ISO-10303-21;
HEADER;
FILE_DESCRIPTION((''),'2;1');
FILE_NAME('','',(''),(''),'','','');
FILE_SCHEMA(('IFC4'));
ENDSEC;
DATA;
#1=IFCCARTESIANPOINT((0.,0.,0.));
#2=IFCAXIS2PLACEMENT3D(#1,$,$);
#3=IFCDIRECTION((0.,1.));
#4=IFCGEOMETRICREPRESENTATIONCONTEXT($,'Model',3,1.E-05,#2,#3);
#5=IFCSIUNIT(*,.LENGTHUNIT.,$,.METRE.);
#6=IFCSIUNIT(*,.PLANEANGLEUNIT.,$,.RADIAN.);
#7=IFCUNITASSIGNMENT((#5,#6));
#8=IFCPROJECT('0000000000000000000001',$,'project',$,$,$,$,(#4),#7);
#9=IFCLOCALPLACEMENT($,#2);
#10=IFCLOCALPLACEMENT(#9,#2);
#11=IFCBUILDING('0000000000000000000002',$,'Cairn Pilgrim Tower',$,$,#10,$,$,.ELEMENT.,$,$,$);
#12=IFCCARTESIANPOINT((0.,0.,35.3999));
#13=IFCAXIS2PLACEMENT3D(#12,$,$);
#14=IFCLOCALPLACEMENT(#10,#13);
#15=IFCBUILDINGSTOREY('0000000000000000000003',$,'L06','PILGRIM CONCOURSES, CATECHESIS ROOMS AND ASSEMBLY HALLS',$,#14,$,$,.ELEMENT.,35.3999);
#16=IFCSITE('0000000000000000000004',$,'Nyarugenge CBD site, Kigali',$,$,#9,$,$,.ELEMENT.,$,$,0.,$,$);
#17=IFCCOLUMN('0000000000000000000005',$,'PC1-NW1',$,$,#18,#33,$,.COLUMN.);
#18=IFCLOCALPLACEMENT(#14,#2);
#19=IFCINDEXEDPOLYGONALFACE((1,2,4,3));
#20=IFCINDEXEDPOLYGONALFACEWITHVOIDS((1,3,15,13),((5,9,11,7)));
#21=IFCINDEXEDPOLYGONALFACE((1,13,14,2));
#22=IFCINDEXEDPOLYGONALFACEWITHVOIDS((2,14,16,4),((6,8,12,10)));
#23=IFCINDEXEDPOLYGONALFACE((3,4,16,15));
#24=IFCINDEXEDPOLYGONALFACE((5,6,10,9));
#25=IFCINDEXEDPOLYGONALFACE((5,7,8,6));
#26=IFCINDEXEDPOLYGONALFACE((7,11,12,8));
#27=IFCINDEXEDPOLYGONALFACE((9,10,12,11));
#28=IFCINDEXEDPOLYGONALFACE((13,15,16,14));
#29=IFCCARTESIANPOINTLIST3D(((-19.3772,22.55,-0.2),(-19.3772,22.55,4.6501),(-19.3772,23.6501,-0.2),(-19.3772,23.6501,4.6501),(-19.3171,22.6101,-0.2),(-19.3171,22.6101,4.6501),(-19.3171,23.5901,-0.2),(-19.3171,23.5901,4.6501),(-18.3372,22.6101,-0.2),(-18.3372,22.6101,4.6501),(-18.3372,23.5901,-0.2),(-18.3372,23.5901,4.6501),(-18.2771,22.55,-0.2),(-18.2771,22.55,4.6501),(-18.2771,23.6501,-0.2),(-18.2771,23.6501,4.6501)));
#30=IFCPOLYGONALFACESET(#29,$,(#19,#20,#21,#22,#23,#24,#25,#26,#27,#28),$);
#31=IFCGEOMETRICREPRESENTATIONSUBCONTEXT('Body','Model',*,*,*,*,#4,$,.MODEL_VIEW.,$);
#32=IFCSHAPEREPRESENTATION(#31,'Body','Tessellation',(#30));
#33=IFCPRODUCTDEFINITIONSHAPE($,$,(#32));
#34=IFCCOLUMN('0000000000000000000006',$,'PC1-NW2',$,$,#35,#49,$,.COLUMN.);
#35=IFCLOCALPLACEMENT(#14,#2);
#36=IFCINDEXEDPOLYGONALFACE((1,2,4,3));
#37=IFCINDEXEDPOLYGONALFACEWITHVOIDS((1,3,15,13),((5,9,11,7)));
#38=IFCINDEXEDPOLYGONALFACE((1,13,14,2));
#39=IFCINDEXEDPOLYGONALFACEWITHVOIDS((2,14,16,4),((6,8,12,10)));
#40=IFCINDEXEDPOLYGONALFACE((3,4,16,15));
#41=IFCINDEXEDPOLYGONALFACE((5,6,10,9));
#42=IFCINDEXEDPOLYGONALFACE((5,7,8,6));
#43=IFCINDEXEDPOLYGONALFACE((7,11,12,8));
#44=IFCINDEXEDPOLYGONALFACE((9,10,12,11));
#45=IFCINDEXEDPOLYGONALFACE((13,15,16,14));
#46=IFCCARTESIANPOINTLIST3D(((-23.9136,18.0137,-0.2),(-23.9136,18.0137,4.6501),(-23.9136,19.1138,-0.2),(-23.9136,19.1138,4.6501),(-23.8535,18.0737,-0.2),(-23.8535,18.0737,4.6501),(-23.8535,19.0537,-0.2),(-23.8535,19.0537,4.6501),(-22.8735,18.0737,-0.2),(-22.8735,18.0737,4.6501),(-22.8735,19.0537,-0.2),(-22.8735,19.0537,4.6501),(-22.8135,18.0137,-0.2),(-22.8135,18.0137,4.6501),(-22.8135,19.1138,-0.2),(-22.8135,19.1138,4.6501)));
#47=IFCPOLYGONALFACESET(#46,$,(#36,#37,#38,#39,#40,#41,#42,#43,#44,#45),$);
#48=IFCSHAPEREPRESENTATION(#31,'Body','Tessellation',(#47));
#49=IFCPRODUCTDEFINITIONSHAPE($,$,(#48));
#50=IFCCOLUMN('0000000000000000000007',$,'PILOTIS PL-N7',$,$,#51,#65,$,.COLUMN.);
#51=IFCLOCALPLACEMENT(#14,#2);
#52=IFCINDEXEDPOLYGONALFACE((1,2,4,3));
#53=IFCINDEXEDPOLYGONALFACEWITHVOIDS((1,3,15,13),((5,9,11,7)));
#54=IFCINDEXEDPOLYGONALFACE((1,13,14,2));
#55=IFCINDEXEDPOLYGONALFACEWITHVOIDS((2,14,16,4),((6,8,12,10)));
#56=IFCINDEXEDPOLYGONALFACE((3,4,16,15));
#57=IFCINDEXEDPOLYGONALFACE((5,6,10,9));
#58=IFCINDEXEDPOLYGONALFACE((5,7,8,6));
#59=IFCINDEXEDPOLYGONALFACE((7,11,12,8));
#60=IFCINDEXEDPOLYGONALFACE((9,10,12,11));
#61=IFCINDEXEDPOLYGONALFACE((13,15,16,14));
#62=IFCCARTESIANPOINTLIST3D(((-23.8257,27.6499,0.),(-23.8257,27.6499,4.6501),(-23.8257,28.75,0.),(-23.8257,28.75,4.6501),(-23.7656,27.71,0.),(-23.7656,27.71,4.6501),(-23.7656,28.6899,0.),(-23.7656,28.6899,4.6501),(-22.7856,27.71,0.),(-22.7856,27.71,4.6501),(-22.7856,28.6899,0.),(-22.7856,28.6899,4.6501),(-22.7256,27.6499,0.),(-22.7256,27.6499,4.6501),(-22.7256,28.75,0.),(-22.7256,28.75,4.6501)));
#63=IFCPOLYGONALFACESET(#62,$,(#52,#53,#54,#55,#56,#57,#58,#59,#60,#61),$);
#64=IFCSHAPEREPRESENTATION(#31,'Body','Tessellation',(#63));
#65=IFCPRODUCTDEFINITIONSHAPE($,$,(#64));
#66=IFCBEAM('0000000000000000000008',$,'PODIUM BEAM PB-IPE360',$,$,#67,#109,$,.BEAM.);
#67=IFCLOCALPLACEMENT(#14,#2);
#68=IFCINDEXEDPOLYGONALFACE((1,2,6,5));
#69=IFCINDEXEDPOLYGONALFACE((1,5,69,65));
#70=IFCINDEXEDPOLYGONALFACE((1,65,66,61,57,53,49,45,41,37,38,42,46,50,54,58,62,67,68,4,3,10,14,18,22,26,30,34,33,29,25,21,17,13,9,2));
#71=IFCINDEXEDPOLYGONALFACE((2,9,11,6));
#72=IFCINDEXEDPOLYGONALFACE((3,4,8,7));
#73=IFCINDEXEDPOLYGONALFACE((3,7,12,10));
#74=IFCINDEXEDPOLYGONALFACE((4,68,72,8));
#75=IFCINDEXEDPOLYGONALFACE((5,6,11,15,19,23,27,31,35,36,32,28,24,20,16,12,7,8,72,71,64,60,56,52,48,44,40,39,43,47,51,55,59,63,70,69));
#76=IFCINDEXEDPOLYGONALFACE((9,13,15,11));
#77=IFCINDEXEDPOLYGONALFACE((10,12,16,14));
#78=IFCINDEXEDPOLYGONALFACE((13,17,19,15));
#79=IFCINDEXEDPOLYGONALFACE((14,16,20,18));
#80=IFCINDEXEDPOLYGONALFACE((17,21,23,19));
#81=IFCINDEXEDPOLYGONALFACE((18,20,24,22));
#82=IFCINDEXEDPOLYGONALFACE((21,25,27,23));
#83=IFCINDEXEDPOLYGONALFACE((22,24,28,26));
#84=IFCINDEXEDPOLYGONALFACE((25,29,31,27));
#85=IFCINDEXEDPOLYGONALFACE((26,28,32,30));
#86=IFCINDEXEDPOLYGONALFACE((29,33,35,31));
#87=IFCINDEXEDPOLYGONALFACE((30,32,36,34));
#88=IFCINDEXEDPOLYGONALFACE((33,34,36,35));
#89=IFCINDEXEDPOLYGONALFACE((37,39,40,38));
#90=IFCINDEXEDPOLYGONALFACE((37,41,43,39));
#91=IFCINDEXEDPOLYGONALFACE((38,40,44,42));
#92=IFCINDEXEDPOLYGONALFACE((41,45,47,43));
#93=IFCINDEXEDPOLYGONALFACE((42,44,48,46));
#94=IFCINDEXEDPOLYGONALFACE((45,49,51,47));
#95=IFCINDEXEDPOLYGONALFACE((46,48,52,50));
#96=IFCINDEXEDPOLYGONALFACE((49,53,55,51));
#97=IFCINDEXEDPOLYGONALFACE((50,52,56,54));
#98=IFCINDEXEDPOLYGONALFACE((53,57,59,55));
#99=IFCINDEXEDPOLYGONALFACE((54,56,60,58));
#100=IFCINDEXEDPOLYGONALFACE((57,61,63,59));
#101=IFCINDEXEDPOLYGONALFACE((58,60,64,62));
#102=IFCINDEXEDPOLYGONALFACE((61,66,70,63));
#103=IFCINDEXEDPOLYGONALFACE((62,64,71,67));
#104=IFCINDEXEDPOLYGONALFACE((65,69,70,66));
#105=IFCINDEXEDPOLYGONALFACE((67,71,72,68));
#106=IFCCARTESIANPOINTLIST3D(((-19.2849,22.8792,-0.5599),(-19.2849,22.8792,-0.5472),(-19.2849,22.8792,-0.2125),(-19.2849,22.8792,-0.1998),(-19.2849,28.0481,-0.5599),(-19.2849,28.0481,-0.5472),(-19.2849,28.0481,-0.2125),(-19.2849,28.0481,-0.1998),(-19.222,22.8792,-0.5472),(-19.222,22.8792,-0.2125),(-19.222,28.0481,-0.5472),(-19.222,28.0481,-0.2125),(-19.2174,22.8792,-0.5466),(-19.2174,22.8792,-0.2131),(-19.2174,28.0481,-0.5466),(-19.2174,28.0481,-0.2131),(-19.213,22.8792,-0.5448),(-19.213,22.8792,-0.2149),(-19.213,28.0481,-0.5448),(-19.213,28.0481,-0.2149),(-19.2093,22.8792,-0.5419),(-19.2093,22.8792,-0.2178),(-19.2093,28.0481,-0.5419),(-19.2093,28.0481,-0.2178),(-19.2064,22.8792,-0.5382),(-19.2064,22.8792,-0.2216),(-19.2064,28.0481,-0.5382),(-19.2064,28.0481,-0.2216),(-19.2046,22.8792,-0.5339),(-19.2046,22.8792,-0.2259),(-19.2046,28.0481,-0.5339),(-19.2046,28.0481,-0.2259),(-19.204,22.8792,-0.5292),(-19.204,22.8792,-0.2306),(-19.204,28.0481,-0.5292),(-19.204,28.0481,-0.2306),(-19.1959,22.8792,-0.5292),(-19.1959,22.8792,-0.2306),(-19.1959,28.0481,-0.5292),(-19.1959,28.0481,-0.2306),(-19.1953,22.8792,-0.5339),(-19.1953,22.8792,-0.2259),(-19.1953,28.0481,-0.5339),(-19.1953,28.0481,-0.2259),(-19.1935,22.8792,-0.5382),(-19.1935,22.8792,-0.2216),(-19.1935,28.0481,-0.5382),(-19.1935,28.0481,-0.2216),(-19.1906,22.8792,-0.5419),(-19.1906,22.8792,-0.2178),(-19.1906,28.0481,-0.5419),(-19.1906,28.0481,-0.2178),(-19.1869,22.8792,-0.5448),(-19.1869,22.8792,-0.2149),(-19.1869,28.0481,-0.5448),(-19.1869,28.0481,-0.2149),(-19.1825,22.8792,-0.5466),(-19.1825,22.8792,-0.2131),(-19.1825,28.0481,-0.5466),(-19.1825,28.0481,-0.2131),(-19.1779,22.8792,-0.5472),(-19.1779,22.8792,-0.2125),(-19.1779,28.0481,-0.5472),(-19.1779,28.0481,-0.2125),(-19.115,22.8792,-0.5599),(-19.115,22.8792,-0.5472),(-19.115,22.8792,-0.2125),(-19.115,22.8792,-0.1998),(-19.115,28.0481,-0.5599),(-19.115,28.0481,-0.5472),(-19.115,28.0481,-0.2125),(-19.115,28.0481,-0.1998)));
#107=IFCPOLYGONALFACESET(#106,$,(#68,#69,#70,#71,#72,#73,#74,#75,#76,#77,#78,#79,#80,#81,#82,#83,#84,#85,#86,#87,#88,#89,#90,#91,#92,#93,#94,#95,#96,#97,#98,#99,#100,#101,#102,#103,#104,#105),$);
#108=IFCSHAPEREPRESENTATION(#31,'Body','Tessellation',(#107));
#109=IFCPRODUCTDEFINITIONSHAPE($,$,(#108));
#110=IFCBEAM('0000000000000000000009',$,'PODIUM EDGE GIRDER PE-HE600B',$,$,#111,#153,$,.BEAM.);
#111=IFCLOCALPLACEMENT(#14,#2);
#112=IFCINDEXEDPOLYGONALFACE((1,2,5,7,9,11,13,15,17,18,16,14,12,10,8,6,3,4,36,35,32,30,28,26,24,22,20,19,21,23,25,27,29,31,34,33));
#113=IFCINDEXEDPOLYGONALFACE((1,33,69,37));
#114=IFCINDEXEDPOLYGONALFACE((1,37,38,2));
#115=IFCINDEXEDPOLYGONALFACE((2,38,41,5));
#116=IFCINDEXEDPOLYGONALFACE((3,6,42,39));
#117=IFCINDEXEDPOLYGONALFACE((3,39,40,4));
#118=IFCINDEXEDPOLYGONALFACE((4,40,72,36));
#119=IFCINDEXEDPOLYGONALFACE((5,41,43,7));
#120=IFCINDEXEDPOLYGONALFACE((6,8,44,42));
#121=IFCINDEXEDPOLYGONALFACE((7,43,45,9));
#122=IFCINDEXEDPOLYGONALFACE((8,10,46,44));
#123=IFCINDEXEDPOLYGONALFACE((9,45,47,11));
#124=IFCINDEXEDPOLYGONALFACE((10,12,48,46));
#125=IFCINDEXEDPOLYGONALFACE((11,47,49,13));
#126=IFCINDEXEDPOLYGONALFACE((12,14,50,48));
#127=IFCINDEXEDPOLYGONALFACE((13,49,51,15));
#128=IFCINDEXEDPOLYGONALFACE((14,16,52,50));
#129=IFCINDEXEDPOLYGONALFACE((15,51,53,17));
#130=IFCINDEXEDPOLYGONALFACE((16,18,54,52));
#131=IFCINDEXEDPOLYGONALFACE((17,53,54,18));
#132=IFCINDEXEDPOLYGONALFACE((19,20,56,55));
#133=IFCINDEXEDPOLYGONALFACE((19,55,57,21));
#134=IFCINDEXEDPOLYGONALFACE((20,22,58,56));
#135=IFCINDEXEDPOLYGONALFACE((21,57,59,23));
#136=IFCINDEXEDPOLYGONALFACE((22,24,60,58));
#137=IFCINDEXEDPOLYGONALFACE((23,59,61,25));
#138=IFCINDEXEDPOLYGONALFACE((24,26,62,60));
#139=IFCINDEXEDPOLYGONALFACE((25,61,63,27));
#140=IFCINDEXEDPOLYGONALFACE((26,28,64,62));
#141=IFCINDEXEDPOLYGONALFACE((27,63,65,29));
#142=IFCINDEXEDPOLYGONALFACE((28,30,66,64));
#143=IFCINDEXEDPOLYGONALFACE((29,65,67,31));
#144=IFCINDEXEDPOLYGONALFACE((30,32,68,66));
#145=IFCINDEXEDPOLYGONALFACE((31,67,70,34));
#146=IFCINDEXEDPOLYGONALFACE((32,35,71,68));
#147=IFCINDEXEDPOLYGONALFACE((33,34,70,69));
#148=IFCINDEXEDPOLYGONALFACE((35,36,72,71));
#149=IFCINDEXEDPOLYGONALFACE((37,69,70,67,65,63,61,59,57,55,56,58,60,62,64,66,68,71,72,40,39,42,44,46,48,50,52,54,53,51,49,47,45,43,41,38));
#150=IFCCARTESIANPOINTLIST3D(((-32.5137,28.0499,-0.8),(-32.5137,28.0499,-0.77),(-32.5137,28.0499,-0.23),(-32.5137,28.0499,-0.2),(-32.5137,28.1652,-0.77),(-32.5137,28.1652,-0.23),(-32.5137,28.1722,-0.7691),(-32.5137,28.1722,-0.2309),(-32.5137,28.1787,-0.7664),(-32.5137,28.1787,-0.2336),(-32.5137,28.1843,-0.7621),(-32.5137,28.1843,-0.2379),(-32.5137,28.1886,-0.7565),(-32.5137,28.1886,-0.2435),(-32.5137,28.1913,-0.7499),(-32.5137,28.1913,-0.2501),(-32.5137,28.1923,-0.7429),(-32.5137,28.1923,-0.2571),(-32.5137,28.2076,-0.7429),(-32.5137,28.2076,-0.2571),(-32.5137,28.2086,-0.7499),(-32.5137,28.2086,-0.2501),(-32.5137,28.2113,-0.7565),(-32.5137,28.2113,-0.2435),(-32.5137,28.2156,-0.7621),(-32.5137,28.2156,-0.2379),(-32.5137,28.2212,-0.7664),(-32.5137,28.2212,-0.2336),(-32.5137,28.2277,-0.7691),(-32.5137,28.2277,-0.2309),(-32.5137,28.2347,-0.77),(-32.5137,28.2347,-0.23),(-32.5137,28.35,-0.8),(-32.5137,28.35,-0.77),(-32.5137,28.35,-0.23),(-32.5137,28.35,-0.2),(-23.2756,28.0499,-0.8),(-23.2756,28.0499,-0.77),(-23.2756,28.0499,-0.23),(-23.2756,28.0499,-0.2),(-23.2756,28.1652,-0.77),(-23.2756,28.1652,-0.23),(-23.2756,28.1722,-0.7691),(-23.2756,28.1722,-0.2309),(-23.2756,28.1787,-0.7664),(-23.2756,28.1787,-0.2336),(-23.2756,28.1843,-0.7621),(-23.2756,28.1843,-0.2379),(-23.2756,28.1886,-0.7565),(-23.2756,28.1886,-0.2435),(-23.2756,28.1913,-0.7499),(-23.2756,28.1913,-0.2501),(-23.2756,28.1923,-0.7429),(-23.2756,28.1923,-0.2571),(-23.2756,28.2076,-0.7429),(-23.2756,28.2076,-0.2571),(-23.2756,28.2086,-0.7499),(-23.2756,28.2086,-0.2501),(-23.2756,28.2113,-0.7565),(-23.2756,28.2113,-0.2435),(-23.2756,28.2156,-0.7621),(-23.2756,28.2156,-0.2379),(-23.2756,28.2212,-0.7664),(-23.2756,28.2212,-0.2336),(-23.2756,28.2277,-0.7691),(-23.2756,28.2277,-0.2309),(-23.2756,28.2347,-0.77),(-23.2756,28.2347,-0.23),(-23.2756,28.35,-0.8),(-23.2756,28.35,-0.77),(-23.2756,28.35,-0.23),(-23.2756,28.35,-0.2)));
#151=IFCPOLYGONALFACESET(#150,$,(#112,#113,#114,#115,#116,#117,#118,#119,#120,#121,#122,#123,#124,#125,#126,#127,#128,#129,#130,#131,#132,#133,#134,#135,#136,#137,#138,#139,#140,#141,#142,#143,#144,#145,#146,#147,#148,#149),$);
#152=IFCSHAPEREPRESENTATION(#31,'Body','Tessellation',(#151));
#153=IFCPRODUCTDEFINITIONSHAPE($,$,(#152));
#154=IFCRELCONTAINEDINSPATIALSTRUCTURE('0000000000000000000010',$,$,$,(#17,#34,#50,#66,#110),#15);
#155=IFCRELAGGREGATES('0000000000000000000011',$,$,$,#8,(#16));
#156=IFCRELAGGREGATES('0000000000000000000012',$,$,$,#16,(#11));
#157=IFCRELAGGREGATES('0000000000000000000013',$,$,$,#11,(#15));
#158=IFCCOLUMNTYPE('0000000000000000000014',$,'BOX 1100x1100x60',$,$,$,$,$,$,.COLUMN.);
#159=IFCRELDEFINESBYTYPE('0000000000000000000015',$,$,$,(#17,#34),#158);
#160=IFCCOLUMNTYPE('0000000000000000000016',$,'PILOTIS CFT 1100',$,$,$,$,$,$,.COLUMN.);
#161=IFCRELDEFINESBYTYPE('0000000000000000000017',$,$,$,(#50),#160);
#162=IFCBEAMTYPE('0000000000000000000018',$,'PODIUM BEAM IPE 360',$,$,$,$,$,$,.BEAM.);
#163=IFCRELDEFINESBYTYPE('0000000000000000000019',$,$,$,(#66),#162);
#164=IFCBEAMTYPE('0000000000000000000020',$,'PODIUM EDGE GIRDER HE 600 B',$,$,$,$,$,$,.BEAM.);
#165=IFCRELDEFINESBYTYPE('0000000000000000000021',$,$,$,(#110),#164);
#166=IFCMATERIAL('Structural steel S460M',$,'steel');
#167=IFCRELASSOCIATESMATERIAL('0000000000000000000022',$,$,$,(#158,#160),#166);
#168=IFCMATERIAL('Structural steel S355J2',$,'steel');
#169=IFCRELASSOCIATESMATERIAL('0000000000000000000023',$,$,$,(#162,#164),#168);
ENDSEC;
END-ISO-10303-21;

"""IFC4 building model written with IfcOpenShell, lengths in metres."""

from ifc_helpers import new_model, si_unit, direction, frame, origin, origin_2d, place, context, subcontext, project, spatial, hollow_rectangle, i_section, extrude, material, material_profile, profile_set, type_object, element, save


model = new_model("IFC4")

# Units and contexts
model_context = context("Model", 3, precision=1e-05, world=origin(), true_north=direction((0.0, 1.0)))
body_context = subcontext(model_context, "Body", "Model", "MODEL_VIEW")
ifc_project = project(units=[si_unit("LENGTHUNIT", "METRE"), si_unit("PLANEANGLEUNIT", "RADIAN")], contexts=[model_context])

# Site, building, storey
site_placement = place(None, origin())
site = spatial("IfcSite", under=ifc_project, at=site_placement, Name="Nyarugenge CBD site, Kigali", CompositionType="ELEMENT", RefElevation=0.0)
building_placement = place(site_placement, origin())
building = spatial("IfcBuilding", under=site, at=building_placement, Name="Cairn Pilgrim Tower", CompositionType="ELEMENT")
storey_placement = place(building_placement, frame((0.0, 0.0, 35.3999)))
storey = spatial("IfcBuildingStorey", under=building, at=storey_placement, Name="L06", Description="PILGRIM CONCOURSES, CATECHESIS ROOMS AND ASSEMBLY HALLS", CompositionType="ELEMENT", Elevation=35.3999)

# Columns
ifc_material_1 = material(Name="Structural steel S460M", Category="steel")
ifc_material_profile_1 = material_profile(ifc_material_1, hollow_rectangle(XDim=1.1001, YDim=1.1001, WallThickness=0.0601, at=origin_2d()), Name="BOX 1100x1100x60")
ifc_profile_set_1 = profile_set([ifc_material_profile_1], Name="Structural steel S460M")
column_type_1 = type_object("IfcColumnType", Name="BOX 1100x1100x60", PredefinedType="COLUMN", material=ifc_profile_set_1)
for number, where, z_axis, x_axis, name in (
    (1, (-18.8271, 23.1001, -0.2), (0.0, 0.0, 1.0), (1.0, 0.0, 0.0), "PC1-NW1"),
    (2, (-23.3635, 18.5637, -0.2), (0.0, 0.0, 1.0), (1.0, 0.0, 0.0), "PC1-NW2"),
):
    element("IfcColumn", number, at=place(storey_placement, frame(where, z_axis=z_axis, x_axis=x_axis)), inside=storey, type_object=column_type_1, Name=name, PredefinedType="COLUMN", context=body_context, shape_type="SweptSolid", body=[
        extrude(hollow_rectangle(XDim=1.1001, YDim=1.1001, WallThickness=0.0601, at=origin_2d()), origin(), (0.0, 0.0, 1.0), 4.8501),
    ])
ifc_material_profile_2 = material_profile(ifc_material_1, hollow_rectangle(XDim=1.1001, YDim=1.1001, WallThickness=0.0601, at=origin_2d()), Name="BOX 1100x1100x60")
ifc_profile_set_2 = profile_set([ifc_material_profile_2], Name="Structural steel S460M")
column_type_2 = type_object("IfcColumnType", Name="PILOTIS CFT 1100", PredefinedType="COLUMN", material=ifc_profile_set_2)
column_placement = place(storey_placement, frame((-23.2756, 28.2, 0.0), z_axis=(0.0, 0.0, 1.0), x_axis=(1.0, 0.0, 0.0)))
element("IfcColumn", 3, at=column_placement, inside=storey, type_object=column_type_2, Name="PILOTIS PL-N7", PredefinedType="COLUMN", context=body_context, shape_type="SweptSolid", body=[
    extrude(hollow_rectangle(XDim=1.1001, YDim=1.1001, WallThickness=0.0601, at=origin_2d()), origin(), (0.0, 0.0, 1.0), 4.6501),
])

# Beams
ifc_material_2 = material(Name="Structural steel S355J2", Category="steel")
ifc_material_profile_3 = material_profile(ifc_material_2, i_section(OverallWidth=0.1699, OverallDepth=0.3601, WebThickness=0.0081, FlangeThickness=0.0127, FilletRadius=0.0181, at=origin_2d()), Name="IPE 360")
ifc_profile_set_3 = profile_set([ifc_material_profile_3], Name="Structural steel S355J2")
beam_type_1 = type_object("IfcBeamType", Name="PODIUM BEAM IPE 360", PredefinedType="BEAM", material=ifc_profile_set_3)
beam_1_placement = place(storey_placement, frame((-19.2, 22.8792, -0.3799), z_axis=(0.0, 1.0, 0.0), x_axis=(-1.0, 0.0, 0.0)))
element("IfcBeam", 4, at=beam_1_placement, inside=storey, type_object=beam_type_1, Name="PODIUM BEAM PB-IPE360", PredefinedType="BEAM", context=body_context, shape_type="SweptSolid", body=[
    extrude(i_section(OverallWidth=0.1699, OverallDepth=0.3601, WebThickness=0.0081, FlangeThickness=0.0127, FilletRadius=0.0181, at=origin_2d()), origin(), (0.0, 0.0, 1.0), 5.1689),
])
ifc_material_profile_4 = material_profile(ifc_material_2, i_section(OverallWidth=0.3, OverallDepth=0.6001, WebThickness=0.0154, FlangeThickness=0.03, FilletRadius=0.0271, at=origin_2d()), Name="HEB 600")
ifc_profile_set_4 = profile_set([ifc_material_profile_4], Name="Structural steel S355J2")
beam_type_2 = type_object("IfcBeamType", Name="PODIUM EDGE GIRDER HE 600 B", PredefinedType="BEAM", material=ifc_profile_set_4)
beam_2_placement = place(storey_placement, frame((-23.2756, 28.2, -0.5), z_axis=(-1.0, 0.0, 0.0), x_axis=(0.0, -1.0, 0.0)))
element("IfcBeam", 5, at=beam_2_placement, inside=storey, type_object=beam_type_2, Name="PODIUM EDGE GIRDER PE-HE600B", PredefinedType="BEAM", context=body_context, shape_type="SweptSolid", body=[
    extrude(i_section(OverallWidth=0.3, OverallDepth=0.6001, WebThickness=0.0154, FlangeThickness=0.03, FilletRadius=0.0271, at=origin_2d()), origin(), (0.0, 0.0, 1.0), 9.238),
])

save(model, "model.ifc")
